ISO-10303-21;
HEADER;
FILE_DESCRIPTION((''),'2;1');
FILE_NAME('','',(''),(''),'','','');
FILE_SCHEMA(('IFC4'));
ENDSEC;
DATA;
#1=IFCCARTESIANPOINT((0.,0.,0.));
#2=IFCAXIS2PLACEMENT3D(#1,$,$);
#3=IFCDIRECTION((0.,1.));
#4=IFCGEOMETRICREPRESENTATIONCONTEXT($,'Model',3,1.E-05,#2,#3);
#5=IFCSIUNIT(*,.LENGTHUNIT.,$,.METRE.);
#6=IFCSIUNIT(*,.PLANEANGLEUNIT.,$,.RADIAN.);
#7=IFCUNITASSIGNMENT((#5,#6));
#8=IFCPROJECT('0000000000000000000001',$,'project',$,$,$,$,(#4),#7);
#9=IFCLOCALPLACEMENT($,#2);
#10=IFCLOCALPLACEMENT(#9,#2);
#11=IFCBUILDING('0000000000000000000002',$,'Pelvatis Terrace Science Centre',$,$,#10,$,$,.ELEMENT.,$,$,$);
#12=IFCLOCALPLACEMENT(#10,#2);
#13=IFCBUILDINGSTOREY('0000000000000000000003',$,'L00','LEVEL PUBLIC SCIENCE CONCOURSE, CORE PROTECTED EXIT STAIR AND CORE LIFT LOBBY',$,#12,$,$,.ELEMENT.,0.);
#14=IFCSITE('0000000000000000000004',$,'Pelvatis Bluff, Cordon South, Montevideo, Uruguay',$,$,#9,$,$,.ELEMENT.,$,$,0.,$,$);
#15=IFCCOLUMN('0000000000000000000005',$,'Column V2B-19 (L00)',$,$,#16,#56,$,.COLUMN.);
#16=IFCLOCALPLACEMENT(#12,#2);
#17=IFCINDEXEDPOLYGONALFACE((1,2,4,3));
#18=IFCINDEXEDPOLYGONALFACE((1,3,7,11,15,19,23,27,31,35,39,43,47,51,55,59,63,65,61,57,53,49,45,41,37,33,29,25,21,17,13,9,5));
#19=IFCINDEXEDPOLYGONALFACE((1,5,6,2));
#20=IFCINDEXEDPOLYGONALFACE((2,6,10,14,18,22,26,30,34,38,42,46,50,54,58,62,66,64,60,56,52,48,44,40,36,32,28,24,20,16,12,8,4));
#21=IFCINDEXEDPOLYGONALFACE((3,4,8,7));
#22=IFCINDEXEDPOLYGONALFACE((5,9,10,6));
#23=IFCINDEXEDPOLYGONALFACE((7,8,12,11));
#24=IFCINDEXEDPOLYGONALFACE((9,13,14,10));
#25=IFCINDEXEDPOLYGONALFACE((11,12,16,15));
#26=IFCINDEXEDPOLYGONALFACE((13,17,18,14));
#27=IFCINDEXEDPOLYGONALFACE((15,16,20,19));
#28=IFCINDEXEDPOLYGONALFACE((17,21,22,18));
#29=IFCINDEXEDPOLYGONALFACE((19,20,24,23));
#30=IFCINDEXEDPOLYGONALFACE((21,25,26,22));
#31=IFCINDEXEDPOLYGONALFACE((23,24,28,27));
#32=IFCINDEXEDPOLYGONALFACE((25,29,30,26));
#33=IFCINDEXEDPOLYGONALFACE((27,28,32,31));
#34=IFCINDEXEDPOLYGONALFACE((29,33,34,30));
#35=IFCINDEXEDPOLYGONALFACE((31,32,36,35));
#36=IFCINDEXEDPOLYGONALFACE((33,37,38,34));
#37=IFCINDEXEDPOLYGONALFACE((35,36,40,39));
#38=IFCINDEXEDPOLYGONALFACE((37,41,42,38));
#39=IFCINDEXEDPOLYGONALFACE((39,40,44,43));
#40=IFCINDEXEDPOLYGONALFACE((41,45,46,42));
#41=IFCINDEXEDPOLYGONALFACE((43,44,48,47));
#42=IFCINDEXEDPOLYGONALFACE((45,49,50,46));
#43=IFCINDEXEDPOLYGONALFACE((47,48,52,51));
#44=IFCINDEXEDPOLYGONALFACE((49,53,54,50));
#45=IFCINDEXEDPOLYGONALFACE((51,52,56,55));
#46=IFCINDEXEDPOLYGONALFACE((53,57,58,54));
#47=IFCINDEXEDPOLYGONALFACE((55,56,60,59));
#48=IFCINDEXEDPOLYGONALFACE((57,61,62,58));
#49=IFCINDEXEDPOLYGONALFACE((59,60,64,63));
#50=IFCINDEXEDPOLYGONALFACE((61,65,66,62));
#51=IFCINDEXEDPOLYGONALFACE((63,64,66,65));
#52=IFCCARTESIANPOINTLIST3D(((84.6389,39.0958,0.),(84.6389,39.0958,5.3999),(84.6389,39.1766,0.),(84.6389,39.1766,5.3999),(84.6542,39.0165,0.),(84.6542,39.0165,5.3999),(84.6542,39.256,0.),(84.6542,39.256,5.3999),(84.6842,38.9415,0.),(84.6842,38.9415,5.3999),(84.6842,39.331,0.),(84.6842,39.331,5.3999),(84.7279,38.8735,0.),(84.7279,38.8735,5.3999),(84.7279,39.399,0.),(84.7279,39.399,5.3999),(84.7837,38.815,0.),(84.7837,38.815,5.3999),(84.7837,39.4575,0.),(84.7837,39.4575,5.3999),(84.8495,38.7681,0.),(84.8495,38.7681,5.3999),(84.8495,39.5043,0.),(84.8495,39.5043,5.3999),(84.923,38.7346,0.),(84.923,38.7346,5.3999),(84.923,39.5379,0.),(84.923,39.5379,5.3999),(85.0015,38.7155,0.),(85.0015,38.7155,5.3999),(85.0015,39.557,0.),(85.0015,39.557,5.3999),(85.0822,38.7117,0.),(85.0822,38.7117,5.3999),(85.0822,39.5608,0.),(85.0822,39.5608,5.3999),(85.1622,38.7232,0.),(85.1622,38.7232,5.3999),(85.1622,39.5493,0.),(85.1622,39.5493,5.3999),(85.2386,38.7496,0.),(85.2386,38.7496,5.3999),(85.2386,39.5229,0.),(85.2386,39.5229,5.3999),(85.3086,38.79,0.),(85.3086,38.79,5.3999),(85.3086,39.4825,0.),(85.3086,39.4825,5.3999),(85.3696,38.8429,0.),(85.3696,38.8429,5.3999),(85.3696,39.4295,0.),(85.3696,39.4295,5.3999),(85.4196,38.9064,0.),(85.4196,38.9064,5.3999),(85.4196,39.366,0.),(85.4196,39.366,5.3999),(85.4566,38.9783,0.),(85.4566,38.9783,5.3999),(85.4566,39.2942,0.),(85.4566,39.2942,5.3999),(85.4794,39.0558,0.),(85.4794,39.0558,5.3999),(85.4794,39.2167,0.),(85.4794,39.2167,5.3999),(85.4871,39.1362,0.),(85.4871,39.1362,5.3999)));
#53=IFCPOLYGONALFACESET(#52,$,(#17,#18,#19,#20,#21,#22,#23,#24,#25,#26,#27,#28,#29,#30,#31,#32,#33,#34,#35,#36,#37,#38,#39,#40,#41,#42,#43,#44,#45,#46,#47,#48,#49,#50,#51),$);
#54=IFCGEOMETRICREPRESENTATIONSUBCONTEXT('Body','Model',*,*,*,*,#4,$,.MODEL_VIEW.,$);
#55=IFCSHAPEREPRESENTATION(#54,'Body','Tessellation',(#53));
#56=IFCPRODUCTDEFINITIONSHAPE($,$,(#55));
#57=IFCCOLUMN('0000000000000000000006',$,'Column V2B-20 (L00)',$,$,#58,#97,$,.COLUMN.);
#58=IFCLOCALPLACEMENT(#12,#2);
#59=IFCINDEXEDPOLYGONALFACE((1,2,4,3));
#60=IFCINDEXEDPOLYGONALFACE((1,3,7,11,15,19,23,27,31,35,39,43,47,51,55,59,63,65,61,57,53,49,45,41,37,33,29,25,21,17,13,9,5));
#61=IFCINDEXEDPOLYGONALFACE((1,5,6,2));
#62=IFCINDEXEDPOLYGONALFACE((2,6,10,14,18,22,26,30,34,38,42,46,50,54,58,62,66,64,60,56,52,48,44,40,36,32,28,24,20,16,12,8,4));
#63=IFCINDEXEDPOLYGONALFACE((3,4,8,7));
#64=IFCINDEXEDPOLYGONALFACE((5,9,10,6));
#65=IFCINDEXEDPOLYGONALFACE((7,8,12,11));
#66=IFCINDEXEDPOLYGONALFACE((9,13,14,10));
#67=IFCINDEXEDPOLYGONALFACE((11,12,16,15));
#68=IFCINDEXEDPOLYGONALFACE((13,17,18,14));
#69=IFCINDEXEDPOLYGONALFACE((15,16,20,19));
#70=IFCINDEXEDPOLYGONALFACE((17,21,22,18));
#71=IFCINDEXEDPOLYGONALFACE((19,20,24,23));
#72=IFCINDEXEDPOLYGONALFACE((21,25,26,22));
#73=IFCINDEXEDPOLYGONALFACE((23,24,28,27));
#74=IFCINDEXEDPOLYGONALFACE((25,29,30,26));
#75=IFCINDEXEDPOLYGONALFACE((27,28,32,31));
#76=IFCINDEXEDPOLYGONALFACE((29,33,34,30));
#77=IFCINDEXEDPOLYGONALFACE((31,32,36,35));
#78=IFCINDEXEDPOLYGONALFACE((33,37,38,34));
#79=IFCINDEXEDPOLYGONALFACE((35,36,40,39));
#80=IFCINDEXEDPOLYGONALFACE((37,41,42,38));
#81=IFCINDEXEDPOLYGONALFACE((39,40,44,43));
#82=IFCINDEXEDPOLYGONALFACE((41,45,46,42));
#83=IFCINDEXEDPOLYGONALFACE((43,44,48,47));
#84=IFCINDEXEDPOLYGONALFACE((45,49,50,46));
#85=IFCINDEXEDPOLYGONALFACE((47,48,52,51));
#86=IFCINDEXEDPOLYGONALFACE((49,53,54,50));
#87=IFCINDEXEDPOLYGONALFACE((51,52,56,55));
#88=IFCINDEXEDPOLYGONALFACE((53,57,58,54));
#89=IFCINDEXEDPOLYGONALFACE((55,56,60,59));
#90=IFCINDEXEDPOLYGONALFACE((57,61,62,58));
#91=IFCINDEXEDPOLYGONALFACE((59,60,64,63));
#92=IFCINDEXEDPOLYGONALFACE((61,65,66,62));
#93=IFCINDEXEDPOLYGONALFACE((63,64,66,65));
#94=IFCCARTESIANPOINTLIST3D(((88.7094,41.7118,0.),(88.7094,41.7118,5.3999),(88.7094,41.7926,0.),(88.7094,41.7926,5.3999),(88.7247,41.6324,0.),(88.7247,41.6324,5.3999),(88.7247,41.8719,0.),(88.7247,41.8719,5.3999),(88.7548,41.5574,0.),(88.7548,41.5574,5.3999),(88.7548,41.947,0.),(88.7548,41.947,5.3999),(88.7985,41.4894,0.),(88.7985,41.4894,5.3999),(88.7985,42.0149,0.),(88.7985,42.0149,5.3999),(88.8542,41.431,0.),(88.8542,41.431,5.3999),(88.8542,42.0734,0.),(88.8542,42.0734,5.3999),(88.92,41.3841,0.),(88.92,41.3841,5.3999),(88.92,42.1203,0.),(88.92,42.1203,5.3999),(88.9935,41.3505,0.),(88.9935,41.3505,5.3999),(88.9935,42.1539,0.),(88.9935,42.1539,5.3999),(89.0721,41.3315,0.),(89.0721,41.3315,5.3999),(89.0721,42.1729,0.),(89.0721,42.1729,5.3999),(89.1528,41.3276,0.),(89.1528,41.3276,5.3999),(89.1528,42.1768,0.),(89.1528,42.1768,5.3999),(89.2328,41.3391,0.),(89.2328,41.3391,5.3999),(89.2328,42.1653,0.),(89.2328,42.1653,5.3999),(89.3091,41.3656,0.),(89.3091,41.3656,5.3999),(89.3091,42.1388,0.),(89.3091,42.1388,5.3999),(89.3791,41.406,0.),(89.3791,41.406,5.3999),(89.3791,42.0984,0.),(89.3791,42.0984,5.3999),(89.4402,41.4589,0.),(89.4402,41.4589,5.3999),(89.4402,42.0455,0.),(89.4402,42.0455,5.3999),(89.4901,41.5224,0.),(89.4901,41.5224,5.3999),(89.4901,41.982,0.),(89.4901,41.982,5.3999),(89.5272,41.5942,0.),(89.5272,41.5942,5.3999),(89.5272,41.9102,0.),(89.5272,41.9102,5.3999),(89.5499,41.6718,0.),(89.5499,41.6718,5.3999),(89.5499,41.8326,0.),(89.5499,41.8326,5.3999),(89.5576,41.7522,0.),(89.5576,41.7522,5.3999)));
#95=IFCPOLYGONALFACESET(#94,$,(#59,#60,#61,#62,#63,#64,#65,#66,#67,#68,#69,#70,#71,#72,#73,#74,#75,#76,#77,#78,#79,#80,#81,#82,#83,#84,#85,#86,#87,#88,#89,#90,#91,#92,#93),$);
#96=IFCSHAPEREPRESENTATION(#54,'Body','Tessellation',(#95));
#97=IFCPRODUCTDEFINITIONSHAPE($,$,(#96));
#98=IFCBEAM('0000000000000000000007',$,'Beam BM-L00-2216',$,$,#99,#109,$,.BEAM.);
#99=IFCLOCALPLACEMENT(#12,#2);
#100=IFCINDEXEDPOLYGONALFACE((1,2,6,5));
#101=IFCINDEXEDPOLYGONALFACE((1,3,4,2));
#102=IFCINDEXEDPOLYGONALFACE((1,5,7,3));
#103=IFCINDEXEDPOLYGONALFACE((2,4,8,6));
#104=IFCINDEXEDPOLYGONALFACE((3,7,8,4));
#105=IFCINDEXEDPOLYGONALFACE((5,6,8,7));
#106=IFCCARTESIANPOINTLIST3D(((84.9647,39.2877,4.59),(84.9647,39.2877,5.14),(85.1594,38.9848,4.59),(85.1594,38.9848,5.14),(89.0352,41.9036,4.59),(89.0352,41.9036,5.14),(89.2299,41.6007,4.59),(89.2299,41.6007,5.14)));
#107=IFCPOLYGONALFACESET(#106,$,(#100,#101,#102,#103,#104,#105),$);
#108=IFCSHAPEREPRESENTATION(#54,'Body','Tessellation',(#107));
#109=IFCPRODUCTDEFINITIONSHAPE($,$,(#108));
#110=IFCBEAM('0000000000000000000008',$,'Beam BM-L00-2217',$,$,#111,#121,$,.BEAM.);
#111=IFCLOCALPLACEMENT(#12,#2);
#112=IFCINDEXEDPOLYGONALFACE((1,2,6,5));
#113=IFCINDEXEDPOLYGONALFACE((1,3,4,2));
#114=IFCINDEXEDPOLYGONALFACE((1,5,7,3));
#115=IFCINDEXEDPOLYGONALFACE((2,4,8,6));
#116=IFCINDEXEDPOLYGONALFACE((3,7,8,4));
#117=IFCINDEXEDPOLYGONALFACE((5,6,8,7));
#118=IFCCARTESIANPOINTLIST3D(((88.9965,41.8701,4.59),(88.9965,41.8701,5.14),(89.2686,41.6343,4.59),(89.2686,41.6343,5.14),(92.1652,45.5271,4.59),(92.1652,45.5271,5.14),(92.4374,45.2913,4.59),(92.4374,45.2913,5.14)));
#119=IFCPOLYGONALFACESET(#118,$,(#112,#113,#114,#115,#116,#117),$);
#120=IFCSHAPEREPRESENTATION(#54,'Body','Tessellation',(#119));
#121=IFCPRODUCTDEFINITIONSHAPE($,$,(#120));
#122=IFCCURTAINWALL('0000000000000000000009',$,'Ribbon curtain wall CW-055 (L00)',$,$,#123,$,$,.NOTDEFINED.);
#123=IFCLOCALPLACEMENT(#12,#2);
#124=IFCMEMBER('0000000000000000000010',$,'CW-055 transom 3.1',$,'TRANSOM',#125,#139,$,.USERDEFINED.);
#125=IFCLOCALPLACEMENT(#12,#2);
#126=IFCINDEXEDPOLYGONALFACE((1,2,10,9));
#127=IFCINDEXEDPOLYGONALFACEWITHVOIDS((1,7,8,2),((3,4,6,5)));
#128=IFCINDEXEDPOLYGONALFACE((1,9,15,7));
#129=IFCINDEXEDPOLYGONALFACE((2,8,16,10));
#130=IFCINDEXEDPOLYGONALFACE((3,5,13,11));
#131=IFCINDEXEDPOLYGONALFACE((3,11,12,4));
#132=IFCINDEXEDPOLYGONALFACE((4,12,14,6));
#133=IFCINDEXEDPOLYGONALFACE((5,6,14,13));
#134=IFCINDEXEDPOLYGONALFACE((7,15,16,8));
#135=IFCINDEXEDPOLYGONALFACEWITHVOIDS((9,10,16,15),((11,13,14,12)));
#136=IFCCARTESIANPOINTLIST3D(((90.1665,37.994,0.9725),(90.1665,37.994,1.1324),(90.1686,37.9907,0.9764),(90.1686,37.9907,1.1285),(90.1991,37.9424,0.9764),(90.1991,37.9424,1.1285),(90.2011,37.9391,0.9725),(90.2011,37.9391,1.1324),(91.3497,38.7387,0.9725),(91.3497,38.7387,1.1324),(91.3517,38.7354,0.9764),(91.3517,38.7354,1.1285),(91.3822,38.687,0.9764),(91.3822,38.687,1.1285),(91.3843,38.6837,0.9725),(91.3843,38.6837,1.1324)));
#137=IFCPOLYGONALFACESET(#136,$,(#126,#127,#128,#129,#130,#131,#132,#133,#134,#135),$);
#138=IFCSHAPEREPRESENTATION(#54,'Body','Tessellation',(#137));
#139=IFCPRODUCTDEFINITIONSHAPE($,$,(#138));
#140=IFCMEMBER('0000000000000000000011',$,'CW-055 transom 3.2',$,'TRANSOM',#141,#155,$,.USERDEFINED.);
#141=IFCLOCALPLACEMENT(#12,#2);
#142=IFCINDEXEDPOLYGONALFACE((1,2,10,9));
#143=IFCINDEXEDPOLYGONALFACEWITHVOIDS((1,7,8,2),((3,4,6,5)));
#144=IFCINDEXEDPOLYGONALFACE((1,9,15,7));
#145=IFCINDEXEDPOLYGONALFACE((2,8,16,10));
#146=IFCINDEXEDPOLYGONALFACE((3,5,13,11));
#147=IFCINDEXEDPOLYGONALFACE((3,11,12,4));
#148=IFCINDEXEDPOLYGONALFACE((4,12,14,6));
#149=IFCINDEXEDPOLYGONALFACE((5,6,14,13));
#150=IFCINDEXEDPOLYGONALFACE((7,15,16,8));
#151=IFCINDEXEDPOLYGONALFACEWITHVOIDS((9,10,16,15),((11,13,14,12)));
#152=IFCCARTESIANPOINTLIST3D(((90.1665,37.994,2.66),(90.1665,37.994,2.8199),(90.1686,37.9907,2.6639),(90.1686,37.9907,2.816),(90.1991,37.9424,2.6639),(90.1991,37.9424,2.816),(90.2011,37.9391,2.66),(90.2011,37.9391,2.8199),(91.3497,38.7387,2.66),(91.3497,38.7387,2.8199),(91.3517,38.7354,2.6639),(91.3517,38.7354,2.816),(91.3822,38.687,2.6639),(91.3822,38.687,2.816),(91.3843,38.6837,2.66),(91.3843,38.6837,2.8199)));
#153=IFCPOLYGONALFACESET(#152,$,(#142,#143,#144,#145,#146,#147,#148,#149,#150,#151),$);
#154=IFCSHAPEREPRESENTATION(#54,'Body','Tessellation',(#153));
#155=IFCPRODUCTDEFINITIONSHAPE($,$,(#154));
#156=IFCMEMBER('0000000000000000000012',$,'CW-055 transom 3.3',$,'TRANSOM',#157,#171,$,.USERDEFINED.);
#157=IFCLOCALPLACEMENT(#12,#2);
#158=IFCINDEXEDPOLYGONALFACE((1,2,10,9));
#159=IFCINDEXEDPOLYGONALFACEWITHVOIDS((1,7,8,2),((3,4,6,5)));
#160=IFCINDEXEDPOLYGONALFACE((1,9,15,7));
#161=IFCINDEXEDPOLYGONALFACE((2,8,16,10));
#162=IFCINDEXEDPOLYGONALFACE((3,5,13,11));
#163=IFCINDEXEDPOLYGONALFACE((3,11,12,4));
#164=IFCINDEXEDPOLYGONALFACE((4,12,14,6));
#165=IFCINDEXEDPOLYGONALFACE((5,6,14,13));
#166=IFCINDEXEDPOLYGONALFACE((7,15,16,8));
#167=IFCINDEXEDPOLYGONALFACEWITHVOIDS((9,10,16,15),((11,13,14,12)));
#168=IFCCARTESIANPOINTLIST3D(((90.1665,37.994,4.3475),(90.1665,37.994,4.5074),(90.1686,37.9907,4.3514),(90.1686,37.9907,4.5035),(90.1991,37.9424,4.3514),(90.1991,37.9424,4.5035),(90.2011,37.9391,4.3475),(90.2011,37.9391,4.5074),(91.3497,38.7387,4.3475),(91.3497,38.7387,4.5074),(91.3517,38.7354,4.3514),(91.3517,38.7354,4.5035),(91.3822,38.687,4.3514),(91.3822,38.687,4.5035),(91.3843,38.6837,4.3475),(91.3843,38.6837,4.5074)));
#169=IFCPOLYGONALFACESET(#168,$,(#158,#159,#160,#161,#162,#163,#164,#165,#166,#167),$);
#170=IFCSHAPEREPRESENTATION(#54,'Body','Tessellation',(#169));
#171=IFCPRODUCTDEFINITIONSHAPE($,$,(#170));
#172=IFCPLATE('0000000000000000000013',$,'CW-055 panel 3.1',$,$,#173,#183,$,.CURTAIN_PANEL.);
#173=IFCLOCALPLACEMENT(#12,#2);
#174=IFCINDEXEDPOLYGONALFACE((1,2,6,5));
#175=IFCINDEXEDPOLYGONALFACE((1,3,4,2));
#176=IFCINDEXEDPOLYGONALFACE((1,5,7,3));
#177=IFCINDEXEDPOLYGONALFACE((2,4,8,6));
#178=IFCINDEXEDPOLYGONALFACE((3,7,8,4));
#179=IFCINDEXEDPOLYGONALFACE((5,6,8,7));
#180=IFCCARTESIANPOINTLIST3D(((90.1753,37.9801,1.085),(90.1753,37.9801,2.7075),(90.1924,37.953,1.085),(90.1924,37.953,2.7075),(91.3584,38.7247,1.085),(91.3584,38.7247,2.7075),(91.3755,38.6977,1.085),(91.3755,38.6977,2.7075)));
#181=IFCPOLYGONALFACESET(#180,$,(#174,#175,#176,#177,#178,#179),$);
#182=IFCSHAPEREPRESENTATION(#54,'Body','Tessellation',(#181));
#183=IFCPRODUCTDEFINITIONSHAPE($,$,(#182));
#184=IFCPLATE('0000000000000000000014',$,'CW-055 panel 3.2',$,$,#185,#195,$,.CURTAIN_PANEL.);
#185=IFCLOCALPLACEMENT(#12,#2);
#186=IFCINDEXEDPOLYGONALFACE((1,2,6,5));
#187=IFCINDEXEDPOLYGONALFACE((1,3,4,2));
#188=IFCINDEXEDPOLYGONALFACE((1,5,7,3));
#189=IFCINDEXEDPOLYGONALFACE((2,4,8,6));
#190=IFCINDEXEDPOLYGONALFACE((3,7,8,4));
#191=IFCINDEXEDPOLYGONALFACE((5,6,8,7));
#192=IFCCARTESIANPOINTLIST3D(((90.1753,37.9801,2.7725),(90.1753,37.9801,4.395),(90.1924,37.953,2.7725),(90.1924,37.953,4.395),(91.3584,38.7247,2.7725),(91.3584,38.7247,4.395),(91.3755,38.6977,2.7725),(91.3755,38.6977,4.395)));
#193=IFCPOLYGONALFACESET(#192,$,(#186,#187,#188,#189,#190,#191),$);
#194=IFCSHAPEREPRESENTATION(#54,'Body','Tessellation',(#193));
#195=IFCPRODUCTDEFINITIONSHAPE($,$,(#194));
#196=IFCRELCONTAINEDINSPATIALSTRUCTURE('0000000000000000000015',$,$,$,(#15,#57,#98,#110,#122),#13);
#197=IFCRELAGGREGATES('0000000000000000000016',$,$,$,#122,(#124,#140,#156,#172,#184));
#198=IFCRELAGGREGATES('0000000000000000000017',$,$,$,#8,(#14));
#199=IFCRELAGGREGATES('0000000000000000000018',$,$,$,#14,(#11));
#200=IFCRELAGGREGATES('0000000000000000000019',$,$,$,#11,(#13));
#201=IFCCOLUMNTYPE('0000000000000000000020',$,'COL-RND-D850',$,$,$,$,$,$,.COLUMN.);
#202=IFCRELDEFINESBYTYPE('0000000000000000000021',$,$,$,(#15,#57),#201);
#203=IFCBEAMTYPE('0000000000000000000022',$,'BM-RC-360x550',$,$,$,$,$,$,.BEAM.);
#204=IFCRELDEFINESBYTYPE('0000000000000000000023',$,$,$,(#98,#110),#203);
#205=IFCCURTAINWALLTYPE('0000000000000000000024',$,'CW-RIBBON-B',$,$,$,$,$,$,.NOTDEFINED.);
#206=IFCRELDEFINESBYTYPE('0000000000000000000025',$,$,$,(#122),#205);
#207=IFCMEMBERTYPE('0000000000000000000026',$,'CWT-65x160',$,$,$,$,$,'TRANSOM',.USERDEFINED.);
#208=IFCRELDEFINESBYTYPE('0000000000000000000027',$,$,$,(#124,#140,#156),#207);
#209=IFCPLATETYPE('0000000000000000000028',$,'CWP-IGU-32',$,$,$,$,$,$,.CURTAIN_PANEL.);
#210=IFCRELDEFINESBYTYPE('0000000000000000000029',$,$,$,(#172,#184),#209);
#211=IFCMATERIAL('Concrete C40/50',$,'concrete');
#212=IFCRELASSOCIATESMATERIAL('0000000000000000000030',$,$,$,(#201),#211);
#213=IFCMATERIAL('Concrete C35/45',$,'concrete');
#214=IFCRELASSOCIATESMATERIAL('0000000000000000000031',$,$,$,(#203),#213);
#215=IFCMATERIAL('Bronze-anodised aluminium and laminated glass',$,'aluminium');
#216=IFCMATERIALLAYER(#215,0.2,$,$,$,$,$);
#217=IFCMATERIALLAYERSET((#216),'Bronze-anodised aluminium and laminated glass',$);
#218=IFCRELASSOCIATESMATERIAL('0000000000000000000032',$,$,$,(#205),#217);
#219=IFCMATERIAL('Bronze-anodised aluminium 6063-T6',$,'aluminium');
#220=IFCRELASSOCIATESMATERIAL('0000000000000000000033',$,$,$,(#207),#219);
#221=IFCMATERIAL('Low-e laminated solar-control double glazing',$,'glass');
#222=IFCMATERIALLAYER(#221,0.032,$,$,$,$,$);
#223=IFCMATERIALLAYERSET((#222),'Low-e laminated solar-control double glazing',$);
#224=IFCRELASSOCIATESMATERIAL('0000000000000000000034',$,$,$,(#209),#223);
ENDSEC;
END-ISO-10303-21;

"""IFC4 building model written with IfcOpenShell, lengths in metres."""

from ifc_helpers import new_model, si_unit, direction, frame, origin, origin_2d, place, context, subcontext, project, spatial, rectangle, hollow_rectangle, circle, extrude, material, layer, layer_set, material_profile, profile_set, type_object, element, aggregate, save


model = new_model("IFC4")

# Units and contexts
model_context = context("Model", 3, precision=1e-05, world=origin(), true_north=direction((0.0, 1.0)))
body_context = subcontext(model_context, "Body", "Model", "MODEL_VIEW")
ifc_project = project(units=[si_unit("LENGTHUNIT", "METRE"), si_unit("PLANEANGLEUNIT", "RADIAN")], contexts=[model_context])

# Site, building, storey
site_placement = place(None, origin())
site = spatial("IfcSite", under=ifc_project, at=site_placement, Name="Pelvatis Bluff, Cordon South, Montevideo, Uruguay", CompositionType="ELEMENT", RefElevation=0.0)
building_placement = place(site_placement, origin())
building = spatial("IfcBuilding", under=site, at=building_placement, Name="Pelvatis Terrace Science Centre", CompositionType="ELEMENT")
storey_placement = place(building_placement, origin())
storey = spatial("IfcBuildingStorey", under=building, at=storey_placement, Name="L00", Description="LEVEL PUBLIC SCIENCE CONCOURSE, CORE PROTECTED EXIT STAIR AND CORE LIFT LOBBY", CompositionType="ELEMENT", Elevation=0.0)

# Columns
ifc_material_1 = material(Name="Concrete C40/50", Category="concrete")
ifc_material_profile_1 = material_profile(ifc_material_1, circle(Radius=0.425, at=origin_2d()), Name="RC-RCOL D850")
ifc_profile_set_1 = profile_set([ifc_material_profile_1], Name="Concrete C40/50")
column_type = type_object("IfcColumnType", Name="COL-RND-D850", PredefinedType="COLUMN", material=ifc_profile_set_1)
for number, where, z_axis, x_axis, name in (
    (1, (85.062, 39.1362, 0.0), (0.0, 0.0, 1.0), (1.0, 0.0, 0.0), "Column V2B-19 (L00)"),
    (2, (89.1326, 41.7522, 0.0), (0.0, 0.0, 1.0), (1.0, 0.0, 0.0), "Column V2B-20 (L00)"),
):
    element("IfcColumn", number, at=place(storey_placement, frame(where, z_axis=z_axis, x_axis=x_axis)), inside=storey, type_object=column_type, Name=name, PredefinedType="COLUMN", context=body_context, shape_type="SweptSolid", body=[
        extrude(circle(Radius=0.425, at=origin_2d()), origin(), (0.0, 0.0, 1.0), 5.3999),
    ])

# Beams
ifc_material_2 = material(Name="Concrete C35/45", Category="concrete")
ifc_material_profile_2 = material_profile(ifc_material_2, rectangle(XDim=0.3601, YDim=0.55, at=origin_2d()), Name="RC-BM 360x550")
ifc_profile_set_2 = profile_set([ifc_material_profile_2], Name="Concrete C35/45")
beam_type = type_object("IfcBeamType", Name="BM-RC-360x550", PredefinedType="BEAM", material=ifc_profile_set_2)
beam_1_placement = place(storey_placement, frame((85.062, 39.1362, 4.865), z_axis=(0.841256, 0.540638, 0.0), x_axis=(-0.540638, 0.841256, 0.0)))
element("IfcBeam", 3, at=beam_1_placement, inside=storey, type_object=beam_type, Name="Beam BM-L00-2216", PredefinedType="BEAM", context=body_context, shape_type="SweptSolid", body=[
    extrude(rectangle(XDim=0.3601, YDim=0.55, at=origin_2d()), origin(), (0.0, 0.0, 1.0), 4.8386),
])
beam_2_placement = place(storey_placement, frame((89.1326, 41.7522, 4.865), z_axis=(0.65485, 0.755759, 0.0), x_axis=(-0.755759, 0.65485, 0.0)))
element("IfcBeam", 4, at=beam_2_placement, inside=storey, type_object=beam_type, Name="Beam BM-L00-2217", PredefinedType="BEAM", context=body_context, shape_type="SweptSolid", body=[
    extrude(rectangle(XDim=0.3601, YDim=0.55, at=origin_2d()), origin(), (0.0, 0.0, 1.0), 4.8389),
])

# Curtain wall, members, plates
ifc_material_3 = material(Name="Bronze-anodised aluminium and laminated glass", Category="aluminium")
ifc_layer_1 = layer(ifc_material_3, 0.2)
ifc_layer_set_1 = layer_set([ifc_layer_1], Name="Bronze-anodised aluminium and laminated glass")
curtain_wall_type = type_object("IfcCurtainWallType", Name="CW-RIBBON-B", PredefinedType="NOTDEFINED", material=ifc_layer_set_1)
curtain_wall_placement = place(storey_placement, origin())
curtain_wall = element("IfcCurtainWall", 5, at=curtain_wall_placement, inside=storey, type_object=curtain_wall_type, Name="Ribbon curtain wall CW-055 (L00)", PredefinedType="NOTDEFINED")
ifc_material_4 = material(Name="Bronze-anodised aluminium 6063-T6", Category="aluminium")
ifc_material_profile_3 = material_profile(ifc_material_4, hollow_rectangle(XDim=0.0649, YDim=0.1599, WallThickness=0.0039, at=origin_2d()), Name="ALU-TRN 65x160")
ifc_profile_set_3 = profile_set([ifc_material_profile_3], Name="Bronze-anodised aluminium 6063-T6")
member_type = type_object("IfcMemberType", Name="CWT-65x160", ElementType="TRANSOM", PredefinedType="USERDEFINED", material=ifc_profile_set_3)
member_1_placement = place(storey_placement, frame((90.1838, 37.9666, 1.0525), z_axis=(0.846326, 0.532665, 0.0), x_axis=(-0.532665, 0.846326, 0.0)))
member_1 = element("IfcMember", 6, at=member_1_placement, type_object=member_type, Name="CW-055 transom 3.1", ObjectType="TRANSOM", PredefinedType="USERDEFINED", context=body_context, shape_type="SweptSolid", body=[
    extrude(hollow_rectangle(XDim=0.0649, YDim=0.1599, WallThickness=0.0039, at=origin_2d()), origin(), (0.0, 0.0, 1.0), 1.3979),
])
member_2_placement = place(storey_placement, frame((90.1838, 37.9666, 2.74), z_axis=(0.846326, 0.532665, 0.0), x_axis=(-0.532665, 0.846326, 0.0)))
member_2 = element("IfcMember", 7, at=member_2_placement, type_object=member_type, Name="CW-055 transom 3.2", ObjectType="TRANSOM", PredefinedType="USERDEFINED", context=body_context, shape_type="SweptSolid", body=[
    extrude(hollow_rectangle(XDim=0.0649, YDim=0.1599, WallThickness=0.0039, at=origin_2d()), origin(), (0.0, 0.0, 1.0), 1.3979),
])
member_3_placement = place(storey_placement, frame((90.1838, 37.9666, 4.4275), z_axis=(0.846326, 0.532665, 0.0), x_axis=(-0.532665, 0.846326, 0.0)))
member_3 = element("IfcMember", 8, at=member_3_placement, type_object=member_type, Name="CW-055 transom 3.3", ObjectType="TRANSOM", PredefinedType="USERDEFINED", context=body_context, shape_type="SweptSolid", body=[
    extrude(hollow_rectangle(XDim=0.0649, YDim=0.1599, WallThickness=0.0039, at=origin_2d()), origin(), (0.0, 0.0, 1.0), 1.3979),
])
ifc_material_5 = material(Name="Low-e laminated solar-control double glazing", Category="glass")
ifc_layer_2 = layer(ifc_material_5, 0.032)
ifc_layer_set_2 = layer_set([ifc_layer_2], Name="Low-e laminated solar-control double glazing")
plate_type = type_object("IfcPlateType", Name="CWP-IGU-32", PredefinedType="CURTAIN_PANEL", material=ifc_layer_set_2)
plate_1_placement = place(storey_placement, frame((90.7754, 38.3389, 1.085), z_axis=(0.0, 0.0, 1.0), x_axis=(0.846304, 0.532701, 0.0)))
plate_1 = element("IfcPlate", 9, at=plate_1_placement, type_object=plate_type, Name="CW-055 panel 3.1", PredefinedType="CURTAIN_PANEL", context=body_context, shape_type="SweptSolid", body=[
    extrude(rectangle(XDim=1.3979, YDim=0.032, at=origin_2d()), origin(), (0.0, 0.0, 1.0), 1.6226),
])
plate_2_placement = place(storey_placement, frame((90.7754, 38.3389, 2.7725), z_axis=(0.0, 0.0, 1.0), x_axis=(0.846304, 0.532701, 0.0)))
plate_2 = element("IfcPlate", 10, at=plate_2_placement, type_object=plate_type, Name="CW-055 panel 3.2", PredefinedType="CURTAIN_PANEL", context=body_context, shape_type="SweptSolid", body=[
    extrude(rectangle(XDim=1.3979, YDim=0.032, at=origin_2d()), origin(), (0.0, 0.0, 1.0), 1.6226),
])
aggregate(curtain_wall, [member_1, member_2, member_3, plate_1, plate_2])

save(model, "model.ifc")
